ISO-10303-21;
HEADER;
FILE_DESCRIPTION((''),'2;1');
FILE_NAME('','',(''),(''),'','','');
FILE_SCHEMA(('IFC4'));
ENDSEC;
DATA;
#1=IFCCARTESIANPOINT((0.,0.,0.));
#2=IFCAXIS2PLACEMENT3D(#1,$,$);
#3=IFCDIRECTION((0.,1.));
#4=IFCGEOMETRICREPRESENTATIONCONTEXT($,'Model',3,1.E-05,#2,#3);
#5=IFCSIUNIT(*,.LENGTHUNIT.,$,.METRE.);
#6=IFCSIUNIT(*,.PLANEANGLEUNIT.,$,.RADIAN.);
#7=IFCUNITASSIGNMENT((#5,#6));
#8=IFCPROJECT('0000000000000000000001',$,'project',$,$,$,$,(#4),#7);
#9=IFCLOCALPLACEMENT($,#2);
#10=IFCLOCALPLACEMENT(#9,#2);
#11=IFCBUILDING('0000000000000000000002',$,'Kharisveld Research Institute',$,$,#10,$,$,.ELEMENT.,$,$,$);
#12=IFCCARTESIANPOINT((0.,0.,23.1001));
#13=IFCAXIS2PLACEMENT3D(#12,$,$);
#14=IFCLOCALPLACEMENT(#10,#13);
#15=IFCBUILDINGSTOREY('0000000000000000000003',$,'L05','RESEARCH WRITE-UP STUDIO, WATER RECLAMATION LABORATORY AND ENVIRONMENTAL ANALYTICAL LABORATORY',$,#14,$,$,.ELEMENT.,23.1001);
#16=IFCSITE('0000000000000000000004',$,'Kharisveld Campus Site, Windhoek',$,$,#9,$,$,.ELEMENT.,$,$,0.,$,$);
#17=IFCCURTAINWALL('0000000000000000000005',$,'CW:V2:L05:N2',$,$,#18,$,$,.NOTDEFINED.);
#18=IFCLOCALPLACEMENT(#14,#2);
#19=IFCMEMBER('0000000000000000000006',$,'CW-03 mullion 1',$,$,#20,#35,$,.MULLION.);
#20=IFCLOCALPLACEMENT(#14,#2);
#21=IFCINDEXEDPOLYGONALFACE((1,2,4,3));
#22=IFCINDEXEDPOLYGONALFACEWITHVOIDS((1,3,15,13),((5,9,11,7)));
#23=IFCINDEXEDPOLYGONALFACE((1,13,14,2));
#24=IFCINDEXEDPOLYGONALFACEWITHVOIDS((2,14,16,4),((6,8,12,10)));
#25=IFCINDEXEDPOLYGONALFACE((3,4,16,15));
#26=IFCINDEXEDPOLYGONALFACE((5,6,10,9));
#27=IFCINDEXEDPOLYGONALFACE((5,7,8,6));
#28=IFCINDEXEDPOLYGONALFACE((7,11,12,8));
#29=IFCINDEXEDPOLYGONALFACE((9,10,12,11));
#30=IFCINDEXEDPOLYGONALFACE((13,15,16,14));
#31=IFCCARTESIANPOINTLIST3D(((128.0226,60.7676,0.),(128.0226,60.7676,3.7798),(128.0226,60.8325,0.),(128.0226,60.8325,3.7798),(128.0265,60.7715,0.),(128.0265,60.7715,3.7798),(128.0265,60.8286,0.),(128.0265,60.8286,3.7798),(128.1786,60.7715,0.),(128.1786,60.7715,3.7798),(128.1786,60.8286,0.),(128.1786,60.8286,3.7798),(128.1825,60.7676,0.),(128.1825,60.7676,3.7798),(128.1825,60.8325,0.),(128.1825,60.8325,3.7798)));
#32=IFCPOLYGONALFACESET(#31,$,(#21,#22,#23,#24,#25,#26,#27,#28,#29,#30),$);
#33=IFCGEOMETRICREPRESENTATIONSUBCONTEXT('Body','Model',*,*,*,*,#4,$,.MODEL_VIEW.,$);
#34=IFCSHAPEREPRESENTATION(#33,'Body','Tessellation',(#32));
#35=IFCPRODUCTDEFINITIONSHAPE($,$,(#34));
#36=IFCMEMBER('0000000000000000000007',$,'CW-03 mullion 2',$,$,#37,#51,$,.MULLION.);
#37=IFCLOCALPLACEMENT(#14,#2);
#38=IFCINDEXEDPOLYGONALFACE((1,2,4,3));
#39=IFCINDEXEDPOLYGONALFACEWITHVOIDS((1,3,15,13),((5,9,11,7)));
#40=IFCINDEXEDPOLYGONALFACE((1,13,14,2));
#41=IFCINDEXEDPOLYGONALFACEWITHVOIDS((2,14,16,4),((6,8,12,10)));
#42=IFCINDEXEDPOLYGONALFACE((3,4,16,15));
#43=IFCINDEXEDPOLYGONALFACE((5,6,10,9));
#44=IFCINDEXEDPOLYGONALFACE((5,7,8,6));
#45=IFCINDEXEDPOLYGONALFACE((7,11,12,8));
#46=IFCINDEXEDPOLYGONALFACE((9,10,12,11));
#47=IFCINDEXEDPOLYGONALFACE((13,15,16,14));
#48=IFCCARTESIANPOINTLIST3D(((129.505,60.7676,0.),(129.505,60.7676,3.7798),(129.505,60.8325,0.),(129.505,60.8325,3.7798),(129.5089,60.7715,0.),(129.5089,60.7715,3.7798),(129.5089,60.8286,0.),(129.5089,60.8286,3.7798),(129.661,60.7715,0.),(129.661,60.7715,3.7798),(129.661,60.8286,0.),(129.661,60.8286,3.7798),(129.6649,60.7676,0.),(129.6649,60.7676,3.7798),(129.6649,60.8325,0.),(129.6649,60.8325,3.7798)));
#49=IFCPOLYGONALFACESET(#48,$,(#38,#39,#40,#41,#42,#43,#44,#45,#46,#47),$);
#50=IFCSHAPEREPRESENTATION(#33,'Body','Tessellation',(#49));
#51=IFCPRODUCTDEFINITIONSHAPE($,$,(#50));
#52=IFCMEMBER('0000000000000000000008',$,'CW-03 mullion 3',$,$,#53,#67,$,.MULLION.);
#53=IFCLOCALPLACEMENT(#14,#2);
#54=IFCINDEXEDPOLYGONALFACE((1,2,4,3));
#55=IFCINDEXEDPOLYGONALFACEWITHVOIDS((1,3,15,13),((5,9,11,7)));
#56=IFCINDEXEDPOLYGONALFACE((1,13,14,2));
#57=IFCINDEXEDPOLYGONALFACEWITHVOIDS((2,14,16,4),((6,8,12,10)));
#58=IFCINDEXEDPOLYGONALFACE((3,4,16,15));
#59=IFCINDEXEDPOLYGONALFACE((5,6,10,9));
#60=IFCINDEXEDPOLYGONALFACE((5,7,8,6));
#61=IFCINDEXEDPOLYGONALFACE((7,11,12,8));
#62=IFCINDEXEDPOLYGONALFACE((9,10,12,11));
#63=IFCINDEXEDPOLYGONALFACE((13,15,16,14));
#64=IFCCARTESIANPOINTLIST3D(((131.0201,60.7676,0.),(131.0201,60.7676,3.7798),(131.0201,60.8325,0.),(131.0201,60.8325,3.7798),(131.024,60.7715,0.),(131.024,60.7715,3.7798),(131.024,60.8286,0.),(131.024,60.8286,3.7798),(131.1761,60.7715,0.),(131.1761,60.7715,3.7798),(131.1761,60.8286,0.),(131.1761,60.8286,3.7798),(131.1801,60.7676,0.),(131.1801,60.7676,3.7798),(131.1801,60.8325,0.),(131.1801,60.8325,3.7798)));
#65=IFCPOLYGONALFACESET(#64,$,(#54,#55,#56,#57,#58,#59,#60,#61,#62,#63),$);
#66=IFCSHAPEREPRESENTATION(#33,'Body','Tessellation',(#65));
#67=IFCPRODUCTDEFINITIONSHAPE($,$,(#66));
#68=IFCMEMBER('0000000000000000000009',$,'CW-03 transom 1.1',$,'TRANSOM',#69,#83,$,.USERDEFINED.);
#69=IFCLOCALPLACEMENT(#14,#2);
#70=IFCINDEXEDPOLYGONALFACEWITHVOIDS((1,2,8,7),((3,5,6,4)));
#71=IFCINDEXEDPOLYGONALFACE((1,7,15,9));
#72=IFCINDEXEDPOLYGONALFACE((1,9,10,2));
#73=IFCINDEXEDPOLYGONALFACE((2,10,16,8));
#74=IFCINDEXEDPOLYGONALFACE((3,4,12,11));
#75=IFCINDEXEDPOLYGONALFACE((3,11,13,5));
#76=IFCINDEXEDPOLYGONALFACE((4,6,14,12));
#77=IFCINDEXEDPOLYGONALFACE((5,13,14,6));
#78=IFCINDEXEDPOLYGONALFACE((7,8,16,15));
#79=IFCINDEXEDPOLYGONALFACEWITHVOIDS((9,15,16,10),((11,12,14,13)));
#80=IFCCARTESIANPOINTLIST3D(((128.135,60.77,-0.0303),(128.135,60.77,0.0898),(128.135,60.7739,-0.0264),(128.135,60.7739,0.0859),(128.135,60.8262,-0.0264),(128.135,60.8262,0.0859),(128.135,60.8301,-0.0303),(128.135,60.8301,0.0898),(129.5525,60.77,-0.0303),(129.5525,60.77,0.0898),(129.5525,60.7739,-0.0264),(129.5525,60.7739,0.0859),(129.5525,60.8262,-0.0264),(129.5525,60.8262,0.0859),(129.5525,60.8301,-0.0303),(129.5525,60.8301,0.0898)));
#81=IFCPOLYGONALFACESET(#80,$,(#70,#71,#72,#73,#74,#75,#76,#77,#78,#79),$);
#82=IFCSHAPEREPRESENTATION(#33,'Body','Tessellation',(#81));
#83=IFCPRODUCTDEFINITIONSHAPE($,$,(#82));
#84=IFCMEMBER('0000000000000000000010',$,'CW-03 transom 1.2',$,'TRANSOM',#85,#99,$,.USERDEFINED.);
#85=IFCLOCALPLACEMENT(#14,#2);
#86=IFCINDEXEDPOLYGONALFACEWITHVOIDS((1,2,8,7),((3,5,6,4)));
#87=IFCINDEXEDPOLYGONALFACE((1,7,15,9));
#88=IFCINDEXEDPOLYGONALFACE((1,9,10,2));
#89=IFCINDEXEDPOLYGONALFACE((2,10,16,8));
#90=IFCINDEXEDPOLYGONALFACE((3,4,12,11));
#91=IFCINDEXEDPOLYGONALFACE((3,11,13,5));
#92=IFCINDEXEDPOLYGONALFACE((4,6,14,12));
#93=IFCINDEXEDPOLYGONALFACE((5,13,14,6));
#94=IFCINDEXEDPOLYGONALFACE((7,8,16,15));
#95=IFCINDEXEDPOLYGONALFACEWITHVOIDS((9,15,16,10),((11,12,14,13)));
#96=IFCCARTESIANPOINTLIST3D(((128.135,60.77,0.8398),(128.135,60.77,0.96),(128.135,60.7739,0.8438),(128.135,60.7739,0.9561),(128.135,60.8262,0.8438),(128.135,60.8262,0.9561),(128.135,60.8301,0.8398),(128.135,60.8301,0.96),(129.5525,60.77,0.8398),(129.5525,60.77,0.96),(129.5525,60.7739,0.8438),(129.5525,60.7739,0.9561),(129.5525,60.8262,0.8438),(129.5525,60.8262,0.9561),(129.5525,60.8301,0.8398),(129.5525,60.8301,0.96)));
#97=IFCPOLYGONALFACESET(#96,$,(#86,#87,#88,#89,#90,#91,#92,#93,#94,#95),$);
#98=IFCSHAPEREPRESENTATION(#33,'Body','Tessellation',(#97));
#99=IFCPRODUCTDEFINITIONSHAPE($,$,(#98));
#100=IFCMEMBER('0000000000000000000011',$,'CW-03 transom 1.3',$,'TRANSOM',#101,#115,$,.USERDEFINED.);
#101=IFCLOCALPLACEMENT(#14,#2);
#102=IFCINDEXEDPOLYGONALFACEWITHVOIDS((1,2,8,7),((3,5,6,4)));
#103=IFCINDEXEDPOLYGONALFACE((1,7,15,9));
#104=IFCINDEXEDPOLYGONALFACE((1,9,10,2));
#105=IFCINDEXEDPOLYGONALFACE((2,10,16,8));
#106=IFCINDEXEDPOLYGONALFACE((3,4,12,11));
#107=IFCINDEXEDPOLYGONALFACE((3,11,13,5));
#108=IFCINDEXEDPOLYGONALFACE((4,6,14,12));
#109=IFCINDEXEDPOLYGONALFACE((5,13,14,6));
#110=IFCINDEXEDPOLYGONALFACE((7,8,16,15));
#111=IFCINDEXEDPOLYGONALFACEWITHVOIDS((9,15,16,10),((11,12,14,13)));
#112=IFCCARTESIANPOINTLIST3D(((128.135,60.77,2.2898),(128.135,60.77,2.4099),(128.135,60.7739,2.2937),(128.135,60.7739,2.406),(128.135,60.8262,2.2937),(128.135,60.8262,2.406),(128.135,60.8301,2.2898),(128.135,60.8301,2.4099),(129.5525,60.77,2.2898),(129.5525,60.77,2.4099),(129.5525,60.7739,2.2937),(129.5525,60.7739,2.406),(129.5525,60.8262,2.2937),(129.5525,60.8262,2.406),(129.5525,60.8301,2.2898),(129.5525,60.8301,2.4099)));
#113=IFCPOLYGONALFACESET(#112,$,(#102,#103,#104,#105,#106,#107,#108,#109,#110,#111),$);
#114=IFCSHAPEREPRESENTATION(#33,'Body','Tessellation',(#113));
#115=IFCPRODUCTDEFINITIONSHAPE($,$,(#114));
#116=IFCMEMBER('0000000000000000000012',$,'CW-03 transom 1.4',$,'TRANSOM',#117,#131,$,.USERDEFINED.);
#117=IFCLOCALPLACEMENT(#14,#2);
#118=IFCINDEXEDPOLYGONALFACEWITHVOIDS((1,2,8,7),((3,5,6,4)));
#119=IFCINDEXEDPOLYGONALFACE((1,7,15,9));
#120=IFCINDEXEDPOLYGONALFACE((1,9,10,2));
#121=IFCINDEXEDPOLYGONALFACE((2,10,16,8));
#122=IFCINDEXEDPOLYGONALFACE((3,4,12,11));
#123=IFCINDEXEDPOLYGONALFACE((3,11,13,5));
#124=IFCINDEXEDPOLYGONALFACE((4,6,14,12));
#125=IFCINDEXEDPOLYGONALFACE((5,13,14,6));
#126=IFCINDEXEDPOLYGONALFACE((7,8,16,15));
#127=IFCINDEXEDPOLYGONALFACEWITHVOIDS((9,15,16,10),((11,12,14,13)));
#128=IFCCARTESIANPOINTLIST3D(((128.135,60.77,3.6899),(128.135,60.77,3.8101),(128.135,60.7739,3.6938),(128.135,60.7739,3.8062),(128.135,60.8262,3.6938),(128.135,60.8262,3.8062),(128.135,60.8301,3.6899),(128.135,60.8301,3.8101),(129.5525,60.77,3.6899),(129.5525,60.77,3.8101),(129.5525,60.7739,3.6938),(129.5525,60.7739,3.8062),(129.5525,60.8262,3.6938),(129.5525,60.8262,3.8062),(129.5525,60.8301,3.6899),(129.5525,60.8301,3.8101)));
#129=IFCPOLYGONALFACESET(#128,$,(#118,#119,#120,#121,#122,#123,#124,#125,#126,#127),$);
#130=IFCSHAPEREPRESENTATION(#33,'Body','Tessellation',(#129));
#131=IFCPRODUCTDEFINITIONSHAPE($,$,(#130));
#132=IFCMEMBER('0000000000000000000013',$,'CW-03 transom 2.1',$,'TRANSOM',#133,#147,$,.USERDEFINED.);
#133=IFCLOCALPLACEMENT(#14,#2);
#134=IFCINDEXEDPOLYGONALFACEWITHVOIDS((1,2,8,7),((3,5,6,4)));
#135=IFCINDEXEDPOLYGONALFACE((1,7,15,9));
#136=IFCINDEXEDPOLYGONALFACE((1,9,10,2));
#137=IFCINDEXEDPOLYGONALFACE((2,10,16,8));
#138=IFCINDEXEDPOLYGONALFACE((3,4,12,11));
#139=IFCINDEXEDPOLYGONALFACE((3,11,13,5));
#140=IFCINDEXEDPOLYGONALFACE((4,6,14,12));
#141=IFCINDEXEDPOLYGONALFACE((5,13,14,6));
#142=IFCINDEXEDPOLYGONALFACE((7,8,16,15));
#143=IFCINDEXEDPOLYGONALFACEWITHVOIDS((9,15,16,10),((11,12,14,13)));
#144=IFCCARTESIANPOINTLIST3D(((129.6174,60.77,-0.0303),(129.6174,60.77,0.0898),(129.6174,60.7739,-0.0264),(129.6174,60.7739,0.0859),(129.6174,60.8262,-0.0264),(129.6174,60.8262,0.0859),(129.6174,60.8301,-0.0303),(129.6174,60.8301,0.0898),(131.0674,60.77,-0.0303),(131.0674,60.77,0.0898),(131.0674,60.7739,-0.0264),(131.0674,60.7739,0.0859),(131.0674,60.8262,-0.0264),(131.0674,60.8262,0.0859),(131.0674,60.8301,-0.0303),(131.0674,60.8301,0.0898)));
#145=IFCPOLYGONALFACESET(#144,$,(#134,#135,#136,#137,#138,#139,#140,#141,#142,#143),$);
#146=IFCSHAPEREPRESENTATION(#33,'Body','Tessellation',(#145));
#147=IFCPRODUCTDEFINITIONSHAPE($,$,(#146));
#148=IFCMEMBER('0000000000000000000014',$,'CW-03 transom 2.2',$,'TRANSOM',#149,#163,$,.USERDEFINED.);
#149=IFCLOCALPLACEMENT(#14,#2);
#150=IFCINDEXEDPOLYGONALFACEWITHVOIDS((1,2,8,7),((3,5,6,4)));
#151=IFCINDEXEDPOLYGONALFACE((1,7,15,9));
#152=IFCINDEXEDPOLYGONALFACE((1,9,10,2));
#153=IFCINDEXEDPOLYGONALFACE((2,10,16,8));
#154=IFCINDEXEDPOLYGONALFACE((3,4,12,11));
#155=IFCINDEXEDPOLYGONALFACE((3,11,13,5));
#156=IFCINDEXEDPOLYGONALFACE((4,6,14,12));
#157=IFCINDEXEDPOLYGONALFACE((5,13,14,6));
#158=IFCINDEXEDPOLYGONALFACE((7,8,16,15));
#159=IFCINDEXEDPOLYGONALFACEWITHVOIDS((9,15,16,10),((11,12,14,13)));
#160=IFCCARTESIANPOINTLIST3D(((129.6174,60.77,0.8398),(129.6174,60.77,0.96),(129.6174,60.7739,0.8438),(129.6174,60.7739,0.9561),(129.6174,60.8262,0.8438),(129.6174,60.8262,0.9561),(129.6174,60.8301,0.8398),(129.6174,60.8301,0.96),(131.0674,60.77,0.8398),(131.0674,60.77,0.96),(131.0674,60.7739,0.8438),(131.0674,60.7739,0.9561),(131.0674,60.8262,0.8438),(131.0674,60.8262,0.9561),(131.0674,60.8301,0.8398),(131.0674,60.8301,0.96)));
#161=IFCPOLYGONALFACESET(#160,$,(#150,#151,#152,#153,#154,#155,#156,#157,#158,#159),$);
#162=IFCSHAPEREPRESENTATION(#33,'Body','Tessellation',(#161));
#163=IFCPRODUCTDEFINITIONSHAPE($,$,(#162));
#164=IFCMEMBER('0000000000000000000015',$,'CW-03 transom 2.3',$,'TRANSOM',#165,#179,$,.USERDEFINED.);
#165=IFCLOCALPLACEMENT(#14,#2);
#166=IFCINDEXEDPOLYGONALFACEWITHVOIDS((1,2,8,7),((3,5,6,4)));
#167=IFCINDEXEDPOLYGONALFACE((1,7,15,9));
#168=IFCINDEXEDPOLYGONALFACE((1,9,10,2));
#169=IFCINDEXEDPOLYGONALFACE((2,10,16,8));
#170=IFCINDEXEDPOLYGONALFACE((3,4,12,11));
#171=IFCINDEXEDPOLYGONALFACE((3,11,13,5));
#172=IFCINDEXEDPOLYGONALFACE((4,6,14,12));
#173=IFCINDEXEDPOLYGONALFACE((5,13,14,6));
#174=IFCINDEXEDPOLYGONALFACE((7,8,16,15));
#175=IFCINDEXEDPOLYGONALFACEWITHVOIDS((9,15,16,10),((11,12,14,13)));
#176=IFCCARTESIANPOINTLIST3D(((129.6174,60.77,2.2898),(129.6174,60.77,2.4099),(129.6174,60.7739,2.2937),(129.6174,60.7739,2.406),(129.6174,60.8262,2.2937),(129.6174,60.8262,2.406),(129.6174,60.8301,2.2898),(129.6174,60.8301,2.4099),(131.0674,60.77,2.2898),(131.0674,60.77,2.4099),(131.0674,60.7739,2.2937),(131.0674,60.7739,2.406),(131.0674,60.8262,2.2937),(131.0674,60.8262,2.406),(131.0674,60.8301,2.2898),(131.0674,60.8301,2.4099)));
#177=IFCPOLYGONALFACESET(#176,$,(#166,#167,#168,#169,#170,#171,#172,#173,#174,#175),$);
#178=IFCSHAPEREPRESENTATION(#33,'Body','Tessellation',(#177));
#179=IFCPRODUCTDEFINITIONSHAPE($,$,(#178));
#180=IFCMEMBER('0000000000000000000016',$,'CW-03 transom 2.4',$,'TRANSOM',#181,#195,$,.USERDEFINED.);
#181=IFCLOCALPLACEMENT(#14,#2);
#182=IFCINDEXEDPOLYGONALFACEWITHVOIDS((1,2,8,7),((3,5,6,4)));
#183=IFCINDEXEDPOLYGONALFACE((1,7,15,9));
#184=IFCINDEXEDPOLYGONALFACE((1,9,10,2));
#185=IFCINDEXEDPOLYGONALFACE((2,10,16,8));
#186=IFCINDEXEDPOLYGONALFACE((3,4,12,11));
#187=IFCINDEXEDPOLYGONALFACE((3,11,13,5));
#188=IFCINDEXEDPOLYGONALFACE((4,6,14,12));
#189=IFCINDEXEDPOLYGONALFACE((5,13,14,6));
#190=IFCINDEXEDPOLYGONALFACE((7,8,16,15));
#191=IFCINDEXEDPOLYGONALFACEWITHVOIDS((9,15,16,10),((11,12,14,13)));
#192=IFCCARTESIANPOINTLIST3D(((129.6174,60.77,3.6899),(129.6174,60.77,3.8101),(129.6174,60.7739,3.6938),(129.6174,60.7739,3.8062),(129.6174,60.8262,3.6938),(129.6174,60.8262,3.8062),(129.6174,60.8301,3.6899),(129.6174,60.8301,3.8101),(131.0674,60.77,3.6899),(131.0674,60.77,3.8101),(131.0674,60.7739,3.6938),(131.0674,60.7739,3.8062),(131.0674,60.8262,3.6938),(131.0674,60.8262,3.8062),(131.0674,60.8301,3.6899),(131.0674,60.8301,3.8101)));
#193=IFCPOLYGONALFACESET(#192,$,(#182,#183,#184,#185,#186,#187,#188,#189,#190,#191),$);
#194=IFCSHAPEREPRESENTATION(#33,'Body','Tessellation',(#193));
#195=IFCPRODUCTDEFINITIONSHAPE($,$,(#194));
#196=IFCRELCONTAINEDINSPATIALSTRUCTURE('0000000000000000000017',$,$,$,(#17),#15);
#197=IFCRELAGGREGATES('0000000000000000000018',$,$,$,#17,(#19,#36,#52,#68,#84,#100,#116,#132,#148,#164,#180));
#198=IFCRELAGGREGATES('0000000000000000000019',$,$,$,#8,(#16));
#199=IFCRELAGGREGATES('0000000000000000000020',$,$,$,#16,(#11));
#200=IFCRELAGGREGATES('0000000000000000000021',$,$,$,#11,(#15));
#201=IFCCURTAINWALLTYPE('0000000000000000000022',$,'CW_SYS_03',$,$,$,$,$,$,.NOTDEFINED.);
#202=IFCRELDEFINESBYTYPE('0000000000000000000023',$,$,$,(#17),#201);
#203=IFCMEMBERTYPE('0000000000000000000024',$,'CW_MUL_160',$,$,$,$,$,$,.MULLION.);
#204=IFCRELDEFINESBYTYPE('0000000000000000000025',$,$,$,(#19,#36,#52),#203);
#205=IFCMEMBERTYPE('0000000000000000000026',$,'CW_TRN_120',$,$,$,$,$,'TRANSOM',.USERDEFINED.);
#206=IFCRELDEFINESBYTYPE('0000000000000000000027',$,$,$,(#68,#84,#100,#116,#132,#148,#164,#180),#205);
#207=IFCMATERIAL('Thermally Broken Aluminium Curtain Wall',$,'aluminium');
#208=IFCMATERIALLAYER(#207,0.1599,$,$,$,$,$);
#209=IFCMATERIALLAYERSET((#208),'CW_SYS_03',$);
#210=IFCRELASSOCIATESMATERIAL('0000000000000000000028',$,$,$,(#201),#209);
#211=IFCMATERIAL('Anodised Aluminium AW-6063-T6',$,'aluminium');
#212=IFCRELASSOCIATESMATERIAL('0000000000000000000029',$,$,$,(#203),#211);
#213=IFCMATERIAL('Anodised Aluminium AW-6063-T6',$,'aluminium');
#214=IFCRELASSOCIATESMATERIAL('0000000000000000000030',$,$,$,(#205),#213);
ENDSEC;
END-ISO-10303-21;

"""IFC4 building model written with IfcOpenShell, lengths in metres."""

from ifc_helpers import new_model, si_unit, direction, frame, origin, origin_2d, place, context, subcontext, project, spatial, hollow_rectangle, extrude, material, layer, layer_set, material_profile, profile_set, type_object, element, aggregate, save


model = new_model("IFC4")

# Units and contexts
model_context = context("Model", 3, precision=1e-05, world=origin(), true_north=direction((0.0, 1.0)))
body_context = subcontext(model_context, "Body", "Model", "MODEL_VIEW")
ifc_project = project(units=[si_unit("LENGTHUNIT", "METRE"), si_unit("PLANEANGLEUNIT", "RADIAN")], contexts=[model_context])

# Site, building, storey
site_placement = place(None, origin())
site = spatial("IfcSite", under=ifc_project, at=site_placement, Name="Kharisveld Campus Site, Windhoek", CompositionType="ELEMENT", RefElevation=0.0)
building_placement = place(site_placement, origin())
building = spatial("IfcBuilding", under=site, at=building_placement, Name="Kharisveld Research Institute", CompositionType="ELEMENT")
storey_placement = place(building_placement, frame((0.0, 0.0, 23.1001)))
storey = spatial("IfcBuildingStorey", under=building, at=storey_placement, Name="L05", Description="RESEARCH WRITE-UP STUDIO, WATER RECLAMATION LABORATORY AND ENVIRONMENTAL ANALYTICAL LABORATORY", CompositionType="ELEMENT", Elevation=23.1001)

# Curtain wall, members
ifc_material_1 = material(Name="Thermally Broken Aluminium Curtain Wall", Category="aluminium")
ifc_layer_1 = layer(ifc_material_1, 0.1599)
ifc_layer_set_1 = layer_set([ifc_layer_1], Name="CW_SYS_03")
curtain_wall_type = type_object("IfcCurtainWallType", Name="CW_SYS_03", PredefinedType="NOTDEFINED", material=ifc_layer_set_1)
curtain_wall_placement = place(storey_placement, origin())
curtain_wall = element("IfcCurtainWall", 1, at=curtain_wall_placement, inside=storey, type_object=curtain_wall_type, Name="CW:V2:L05:N2", PredefinedType="NOTDEFINED")
ifc_material_2 = material(Name="Anodised Aluminium AW-6063-T6", Category="aluminium")
ifc_material_profile_1 = material_profile(ifc_material_2, hollow_rectangle(XDim=0.0649, YDim=0.1599, WallThickness=0.0039, at=origin_2d()))
ifc_profile_set_1 = profile_set([ifc_material_profile_1], Name="Anodised Aluminium AW-6063-T6")
member_type_1 = type_object("IfcMemberType", Name="CW_MUL_160", PredefinedType="MULLION", material=ifc_profile_set_1)
member_1_placement = place(storey_placement, frame((128.1025, 60.8, 0.0), z_axis=(0.0, 0.0, 1.0), x_axis=(0.0, 1.0, 0.0)))
member_1 = element("IfcMember", 2, at=member_1_placement, type_object=member_type_1, Name="CW-03 mullion 1", PredefinedType="MULLION", context=body_context, shape_type="SweptSolid", body=[
    extrude(hollow_rectangle(XDim=0.0649, YDim=0.1599, WallThickness=0.0039, at=origin_2d()), origin(), (0.0, 0.0, 1.0), 3.7798),
])
member_2_placement = place(storey_placement, frame((129.585, 60.8, 0.0), z_axis=(0.0, 0.0, 1.0), x_axis=(0.0, 1.0, 0.0)))
member_2 = element("IfcMember", 3, at=member_2_placement, type_object=member_type_1, Name="CW-03 mullion 2", PredefinedType="MULLION", context=body_context, shape_type="SweptSolid", body=[
    extrude(hollow_rectangle(XDim=0.0649, YDim=0.1599, WallThickness=0.0039, at=origin_2d()), origin(), (0.0, 0.0, 1.0), 3.7798),
])
member_3_placement = place(storey_placement, frame((131.1001, 60.8, 0.0), z_axis=(0.0, 0.0, 1.0), x_axis=(0.0, 1.0, 0.0)))
member_3 = element("IfcMember", 4, at=member_3_placement, type_object=member_type_1, Name="CW-03 mullion 3", PredefinedType="MULLION", context=body_context, shape_type="SweptSolid", body=[
    extrude(hollow_rectangle(XDim=0.0649, YDim=0.1599, WallThickness=0.0039, at=origin_2d()), origin(), (0.0, 0.0, 1.0), 3.7798),
])
ifc_material_3 = material(Name="Anodised Aluminium AW-6063-T6", Category="aluminium")
ifc_material_profile_2 = material_profile(ifc_material_3, hollow_rectangle(XDim=0.0601, YDim=0.1201, WallThickness=0.0039, at=origin_2d()))
ifc_profile_set_2 = profile_set([ifc_material_profile_2], Name="Anodised Aluminium AW-6063-T6")
member_type_2 = type_object("IfcMemberType", Name="CW_TRN_120", ElementType="TRANSOM", PredefinedType="USERDEFINED", material=ifc_profile_set_2)
member_4_placement = place(storey_placement, frame((128.135, 60.8, 0.0298), z_axis=(1.0, 0.0, 0.0), x_axis=(0.0, 1.0, 0.0)))
member_4 = element("IfcMember", 5, at=member_4_placement, type_object=member_type_2, Name="CW-03 transom 1.1", ObjectType="TRANSOM", PredefinedType="USERDEFINED", context=body_context, shape_type="SweptSolid", body=[
    extrude(hollow_rectangle(XDim=0.0601, YDim=0.1201, WallThickness=0.0039, at=origin_2d()), origin(), (0.0, 0.0, 1.0), 1.4175),
])
member_5_placement = place(storey_placement, frame((128.135, 60.8, 0.8999), z_axis=(1.0, 0.0, 0.0), x_axis=(0.0, 1.0, 0.0)))
member_5 = element("IfcMember", 6, at=member_5_placement, type_object=member_type_2, Name="CW-03 transom 1.2", ObjectType="TRANSOM", PredefinedType="USERDEFINED", context=body_context, shape_type="SweptSolid", body=[
    extrude(hollow_rectangle(XDim=0.0601, YDim=0.1201, WallThickness=0.0039, at=origin_2d()), origin(), (0.0, 0.0, 1.0), 1.4175),
])
member_6_placement = place(storey_placement, frame((128.135, 60.8, 2.3499), z_axis=(1.0, 0.0, 0.0), x_axis=(0.0, 1.0, 0.0)))
member_6 = element("IfcMember", 7, at=member_6_placement, type_object=member_type_2, Name="CW-03 transom 1.3", ObjectType="TRANSOM", PredefinedType="USERDEFINED", context=body_context, shape_type="SweptSolid", body=[
    extrude(hollow_rectangle(XDim=0.0601, YDim=0.1201, WallThickness=0.0039, at=origin_2d()), origin(), (0.0, 0.0, 1.0), 1.4175),
])
member_7_placement = place(storey_placement, frame((128.135, 60.8, 3.75), z_axis=(1.0, 0.0, 0.0), x_axis=(0.0, 1.0, 0.0)))
member_7 = element("IfcMember", 8, at=member_7_placement, type_object=member_type_2, Name="CW-03 transom 1.4", ObjectType="TRANSOM", PredefinedType="USERDEFINED", context=body_context, shape_type="SweptSolid", body=[
    extrude(hollow_rectangle(XDim=0.0601, YDim=0.1201, WallThickness=0.0039, at=origin_2d()), origin(), (0.0, 0.0, 1.0), 1.4175),
])
member_8_placement = place(storey_placement, frame((129.6174, 60.8, 0.0298), z_axis=(1.0, 0.0, 0.0), x_axis=(0.0, 1.0, 0.0)))
member_8 = element("IfcMember", 9, at=member_8_placement, type_object=member_type_2, Name="CW-03 transom 2.1", ObjectType="TRANSOM", PredefinedType="USERDEFINED", context=body_context, shape_type="SweptSolid", body=[
    extrude(hollow_rectangle(XDim=0.0601, YDim=0.1201, WallThickness=0.0039, at=origin_2d()), origin(), (0.0, 0.0, 1.0), 1.45),
])
member_9_placement = place(storey_placement, frame((129.6174, 60.8, 0.8999), z_axis=(1.0, 0.0, 0.0), x_axis=(0.0, 1.0, 0.0)))
member_9 = element("IfcMember", 10, at=member_9_placement, type_object=member_type_2, Name="CW-03 transom 2.2", ObjectType="TRANSOM", PredefinedType="USERDEFINED", context=body_context, shape_type="SweptSolid", body=[
    extrude(hollow_rectangle(XDim=0.0601, YDim=0.1201, WallThickness=0.0039, at=origin_2d()), origin(), (0.0, 0.0, 1.0), 1.45),
])
member_10_placement = place(storey_placement, frame((129.6174, 60.8, 2.3499), z_axis=(1.0, 0.0, 0.0), x_axis=(0.0, 1.0, 0.0)))
member_10 = element("IfcMember", 11, at=member_10_placement, type_object=member_type_2, Name="CW-03 transom 2.3", ObjectType="TRANSOM", PredefinedType="USERDEFINED", context=body_context, shape_type="SweptSolid", body=[
    extrude(hollow_rectangle(XDim=0.0601, YDim=0.1201, WallThickness=0.0039, at=origin_2d()), origin(), (0.0, 0.0, 1.0), 1.45),
])
member_11_placement = place(storey_placement, frame((129.6174, 60.8, 3.75), z_axis=(1.0, 0.0, 0.0), x_axis=(0.0, 1.0, 0.0)))
member_11 = element("IfcMember", 12, at=member_11_placement, type_object=member_type_2, Name="CW-03 transom 2.4", ObjectType="TRANSOM", PredefinedType="USERDEFINED", context=body_context, shape_type="SweptSolid", body=[
    extrude(hollow_rectangle(XDim=0.0601, YDim=0.1201, WallThickness=0.0039, at=origin_2d()), origin(), (0.0, 0.0, 1.0), 1.45),
])

aggregate(curtain_wall, [member_1, member_2, member_3, member_4, member_5, member_6, member_7, member_8, member_9, member_10, member_11])

save(model, "model.ifc")
